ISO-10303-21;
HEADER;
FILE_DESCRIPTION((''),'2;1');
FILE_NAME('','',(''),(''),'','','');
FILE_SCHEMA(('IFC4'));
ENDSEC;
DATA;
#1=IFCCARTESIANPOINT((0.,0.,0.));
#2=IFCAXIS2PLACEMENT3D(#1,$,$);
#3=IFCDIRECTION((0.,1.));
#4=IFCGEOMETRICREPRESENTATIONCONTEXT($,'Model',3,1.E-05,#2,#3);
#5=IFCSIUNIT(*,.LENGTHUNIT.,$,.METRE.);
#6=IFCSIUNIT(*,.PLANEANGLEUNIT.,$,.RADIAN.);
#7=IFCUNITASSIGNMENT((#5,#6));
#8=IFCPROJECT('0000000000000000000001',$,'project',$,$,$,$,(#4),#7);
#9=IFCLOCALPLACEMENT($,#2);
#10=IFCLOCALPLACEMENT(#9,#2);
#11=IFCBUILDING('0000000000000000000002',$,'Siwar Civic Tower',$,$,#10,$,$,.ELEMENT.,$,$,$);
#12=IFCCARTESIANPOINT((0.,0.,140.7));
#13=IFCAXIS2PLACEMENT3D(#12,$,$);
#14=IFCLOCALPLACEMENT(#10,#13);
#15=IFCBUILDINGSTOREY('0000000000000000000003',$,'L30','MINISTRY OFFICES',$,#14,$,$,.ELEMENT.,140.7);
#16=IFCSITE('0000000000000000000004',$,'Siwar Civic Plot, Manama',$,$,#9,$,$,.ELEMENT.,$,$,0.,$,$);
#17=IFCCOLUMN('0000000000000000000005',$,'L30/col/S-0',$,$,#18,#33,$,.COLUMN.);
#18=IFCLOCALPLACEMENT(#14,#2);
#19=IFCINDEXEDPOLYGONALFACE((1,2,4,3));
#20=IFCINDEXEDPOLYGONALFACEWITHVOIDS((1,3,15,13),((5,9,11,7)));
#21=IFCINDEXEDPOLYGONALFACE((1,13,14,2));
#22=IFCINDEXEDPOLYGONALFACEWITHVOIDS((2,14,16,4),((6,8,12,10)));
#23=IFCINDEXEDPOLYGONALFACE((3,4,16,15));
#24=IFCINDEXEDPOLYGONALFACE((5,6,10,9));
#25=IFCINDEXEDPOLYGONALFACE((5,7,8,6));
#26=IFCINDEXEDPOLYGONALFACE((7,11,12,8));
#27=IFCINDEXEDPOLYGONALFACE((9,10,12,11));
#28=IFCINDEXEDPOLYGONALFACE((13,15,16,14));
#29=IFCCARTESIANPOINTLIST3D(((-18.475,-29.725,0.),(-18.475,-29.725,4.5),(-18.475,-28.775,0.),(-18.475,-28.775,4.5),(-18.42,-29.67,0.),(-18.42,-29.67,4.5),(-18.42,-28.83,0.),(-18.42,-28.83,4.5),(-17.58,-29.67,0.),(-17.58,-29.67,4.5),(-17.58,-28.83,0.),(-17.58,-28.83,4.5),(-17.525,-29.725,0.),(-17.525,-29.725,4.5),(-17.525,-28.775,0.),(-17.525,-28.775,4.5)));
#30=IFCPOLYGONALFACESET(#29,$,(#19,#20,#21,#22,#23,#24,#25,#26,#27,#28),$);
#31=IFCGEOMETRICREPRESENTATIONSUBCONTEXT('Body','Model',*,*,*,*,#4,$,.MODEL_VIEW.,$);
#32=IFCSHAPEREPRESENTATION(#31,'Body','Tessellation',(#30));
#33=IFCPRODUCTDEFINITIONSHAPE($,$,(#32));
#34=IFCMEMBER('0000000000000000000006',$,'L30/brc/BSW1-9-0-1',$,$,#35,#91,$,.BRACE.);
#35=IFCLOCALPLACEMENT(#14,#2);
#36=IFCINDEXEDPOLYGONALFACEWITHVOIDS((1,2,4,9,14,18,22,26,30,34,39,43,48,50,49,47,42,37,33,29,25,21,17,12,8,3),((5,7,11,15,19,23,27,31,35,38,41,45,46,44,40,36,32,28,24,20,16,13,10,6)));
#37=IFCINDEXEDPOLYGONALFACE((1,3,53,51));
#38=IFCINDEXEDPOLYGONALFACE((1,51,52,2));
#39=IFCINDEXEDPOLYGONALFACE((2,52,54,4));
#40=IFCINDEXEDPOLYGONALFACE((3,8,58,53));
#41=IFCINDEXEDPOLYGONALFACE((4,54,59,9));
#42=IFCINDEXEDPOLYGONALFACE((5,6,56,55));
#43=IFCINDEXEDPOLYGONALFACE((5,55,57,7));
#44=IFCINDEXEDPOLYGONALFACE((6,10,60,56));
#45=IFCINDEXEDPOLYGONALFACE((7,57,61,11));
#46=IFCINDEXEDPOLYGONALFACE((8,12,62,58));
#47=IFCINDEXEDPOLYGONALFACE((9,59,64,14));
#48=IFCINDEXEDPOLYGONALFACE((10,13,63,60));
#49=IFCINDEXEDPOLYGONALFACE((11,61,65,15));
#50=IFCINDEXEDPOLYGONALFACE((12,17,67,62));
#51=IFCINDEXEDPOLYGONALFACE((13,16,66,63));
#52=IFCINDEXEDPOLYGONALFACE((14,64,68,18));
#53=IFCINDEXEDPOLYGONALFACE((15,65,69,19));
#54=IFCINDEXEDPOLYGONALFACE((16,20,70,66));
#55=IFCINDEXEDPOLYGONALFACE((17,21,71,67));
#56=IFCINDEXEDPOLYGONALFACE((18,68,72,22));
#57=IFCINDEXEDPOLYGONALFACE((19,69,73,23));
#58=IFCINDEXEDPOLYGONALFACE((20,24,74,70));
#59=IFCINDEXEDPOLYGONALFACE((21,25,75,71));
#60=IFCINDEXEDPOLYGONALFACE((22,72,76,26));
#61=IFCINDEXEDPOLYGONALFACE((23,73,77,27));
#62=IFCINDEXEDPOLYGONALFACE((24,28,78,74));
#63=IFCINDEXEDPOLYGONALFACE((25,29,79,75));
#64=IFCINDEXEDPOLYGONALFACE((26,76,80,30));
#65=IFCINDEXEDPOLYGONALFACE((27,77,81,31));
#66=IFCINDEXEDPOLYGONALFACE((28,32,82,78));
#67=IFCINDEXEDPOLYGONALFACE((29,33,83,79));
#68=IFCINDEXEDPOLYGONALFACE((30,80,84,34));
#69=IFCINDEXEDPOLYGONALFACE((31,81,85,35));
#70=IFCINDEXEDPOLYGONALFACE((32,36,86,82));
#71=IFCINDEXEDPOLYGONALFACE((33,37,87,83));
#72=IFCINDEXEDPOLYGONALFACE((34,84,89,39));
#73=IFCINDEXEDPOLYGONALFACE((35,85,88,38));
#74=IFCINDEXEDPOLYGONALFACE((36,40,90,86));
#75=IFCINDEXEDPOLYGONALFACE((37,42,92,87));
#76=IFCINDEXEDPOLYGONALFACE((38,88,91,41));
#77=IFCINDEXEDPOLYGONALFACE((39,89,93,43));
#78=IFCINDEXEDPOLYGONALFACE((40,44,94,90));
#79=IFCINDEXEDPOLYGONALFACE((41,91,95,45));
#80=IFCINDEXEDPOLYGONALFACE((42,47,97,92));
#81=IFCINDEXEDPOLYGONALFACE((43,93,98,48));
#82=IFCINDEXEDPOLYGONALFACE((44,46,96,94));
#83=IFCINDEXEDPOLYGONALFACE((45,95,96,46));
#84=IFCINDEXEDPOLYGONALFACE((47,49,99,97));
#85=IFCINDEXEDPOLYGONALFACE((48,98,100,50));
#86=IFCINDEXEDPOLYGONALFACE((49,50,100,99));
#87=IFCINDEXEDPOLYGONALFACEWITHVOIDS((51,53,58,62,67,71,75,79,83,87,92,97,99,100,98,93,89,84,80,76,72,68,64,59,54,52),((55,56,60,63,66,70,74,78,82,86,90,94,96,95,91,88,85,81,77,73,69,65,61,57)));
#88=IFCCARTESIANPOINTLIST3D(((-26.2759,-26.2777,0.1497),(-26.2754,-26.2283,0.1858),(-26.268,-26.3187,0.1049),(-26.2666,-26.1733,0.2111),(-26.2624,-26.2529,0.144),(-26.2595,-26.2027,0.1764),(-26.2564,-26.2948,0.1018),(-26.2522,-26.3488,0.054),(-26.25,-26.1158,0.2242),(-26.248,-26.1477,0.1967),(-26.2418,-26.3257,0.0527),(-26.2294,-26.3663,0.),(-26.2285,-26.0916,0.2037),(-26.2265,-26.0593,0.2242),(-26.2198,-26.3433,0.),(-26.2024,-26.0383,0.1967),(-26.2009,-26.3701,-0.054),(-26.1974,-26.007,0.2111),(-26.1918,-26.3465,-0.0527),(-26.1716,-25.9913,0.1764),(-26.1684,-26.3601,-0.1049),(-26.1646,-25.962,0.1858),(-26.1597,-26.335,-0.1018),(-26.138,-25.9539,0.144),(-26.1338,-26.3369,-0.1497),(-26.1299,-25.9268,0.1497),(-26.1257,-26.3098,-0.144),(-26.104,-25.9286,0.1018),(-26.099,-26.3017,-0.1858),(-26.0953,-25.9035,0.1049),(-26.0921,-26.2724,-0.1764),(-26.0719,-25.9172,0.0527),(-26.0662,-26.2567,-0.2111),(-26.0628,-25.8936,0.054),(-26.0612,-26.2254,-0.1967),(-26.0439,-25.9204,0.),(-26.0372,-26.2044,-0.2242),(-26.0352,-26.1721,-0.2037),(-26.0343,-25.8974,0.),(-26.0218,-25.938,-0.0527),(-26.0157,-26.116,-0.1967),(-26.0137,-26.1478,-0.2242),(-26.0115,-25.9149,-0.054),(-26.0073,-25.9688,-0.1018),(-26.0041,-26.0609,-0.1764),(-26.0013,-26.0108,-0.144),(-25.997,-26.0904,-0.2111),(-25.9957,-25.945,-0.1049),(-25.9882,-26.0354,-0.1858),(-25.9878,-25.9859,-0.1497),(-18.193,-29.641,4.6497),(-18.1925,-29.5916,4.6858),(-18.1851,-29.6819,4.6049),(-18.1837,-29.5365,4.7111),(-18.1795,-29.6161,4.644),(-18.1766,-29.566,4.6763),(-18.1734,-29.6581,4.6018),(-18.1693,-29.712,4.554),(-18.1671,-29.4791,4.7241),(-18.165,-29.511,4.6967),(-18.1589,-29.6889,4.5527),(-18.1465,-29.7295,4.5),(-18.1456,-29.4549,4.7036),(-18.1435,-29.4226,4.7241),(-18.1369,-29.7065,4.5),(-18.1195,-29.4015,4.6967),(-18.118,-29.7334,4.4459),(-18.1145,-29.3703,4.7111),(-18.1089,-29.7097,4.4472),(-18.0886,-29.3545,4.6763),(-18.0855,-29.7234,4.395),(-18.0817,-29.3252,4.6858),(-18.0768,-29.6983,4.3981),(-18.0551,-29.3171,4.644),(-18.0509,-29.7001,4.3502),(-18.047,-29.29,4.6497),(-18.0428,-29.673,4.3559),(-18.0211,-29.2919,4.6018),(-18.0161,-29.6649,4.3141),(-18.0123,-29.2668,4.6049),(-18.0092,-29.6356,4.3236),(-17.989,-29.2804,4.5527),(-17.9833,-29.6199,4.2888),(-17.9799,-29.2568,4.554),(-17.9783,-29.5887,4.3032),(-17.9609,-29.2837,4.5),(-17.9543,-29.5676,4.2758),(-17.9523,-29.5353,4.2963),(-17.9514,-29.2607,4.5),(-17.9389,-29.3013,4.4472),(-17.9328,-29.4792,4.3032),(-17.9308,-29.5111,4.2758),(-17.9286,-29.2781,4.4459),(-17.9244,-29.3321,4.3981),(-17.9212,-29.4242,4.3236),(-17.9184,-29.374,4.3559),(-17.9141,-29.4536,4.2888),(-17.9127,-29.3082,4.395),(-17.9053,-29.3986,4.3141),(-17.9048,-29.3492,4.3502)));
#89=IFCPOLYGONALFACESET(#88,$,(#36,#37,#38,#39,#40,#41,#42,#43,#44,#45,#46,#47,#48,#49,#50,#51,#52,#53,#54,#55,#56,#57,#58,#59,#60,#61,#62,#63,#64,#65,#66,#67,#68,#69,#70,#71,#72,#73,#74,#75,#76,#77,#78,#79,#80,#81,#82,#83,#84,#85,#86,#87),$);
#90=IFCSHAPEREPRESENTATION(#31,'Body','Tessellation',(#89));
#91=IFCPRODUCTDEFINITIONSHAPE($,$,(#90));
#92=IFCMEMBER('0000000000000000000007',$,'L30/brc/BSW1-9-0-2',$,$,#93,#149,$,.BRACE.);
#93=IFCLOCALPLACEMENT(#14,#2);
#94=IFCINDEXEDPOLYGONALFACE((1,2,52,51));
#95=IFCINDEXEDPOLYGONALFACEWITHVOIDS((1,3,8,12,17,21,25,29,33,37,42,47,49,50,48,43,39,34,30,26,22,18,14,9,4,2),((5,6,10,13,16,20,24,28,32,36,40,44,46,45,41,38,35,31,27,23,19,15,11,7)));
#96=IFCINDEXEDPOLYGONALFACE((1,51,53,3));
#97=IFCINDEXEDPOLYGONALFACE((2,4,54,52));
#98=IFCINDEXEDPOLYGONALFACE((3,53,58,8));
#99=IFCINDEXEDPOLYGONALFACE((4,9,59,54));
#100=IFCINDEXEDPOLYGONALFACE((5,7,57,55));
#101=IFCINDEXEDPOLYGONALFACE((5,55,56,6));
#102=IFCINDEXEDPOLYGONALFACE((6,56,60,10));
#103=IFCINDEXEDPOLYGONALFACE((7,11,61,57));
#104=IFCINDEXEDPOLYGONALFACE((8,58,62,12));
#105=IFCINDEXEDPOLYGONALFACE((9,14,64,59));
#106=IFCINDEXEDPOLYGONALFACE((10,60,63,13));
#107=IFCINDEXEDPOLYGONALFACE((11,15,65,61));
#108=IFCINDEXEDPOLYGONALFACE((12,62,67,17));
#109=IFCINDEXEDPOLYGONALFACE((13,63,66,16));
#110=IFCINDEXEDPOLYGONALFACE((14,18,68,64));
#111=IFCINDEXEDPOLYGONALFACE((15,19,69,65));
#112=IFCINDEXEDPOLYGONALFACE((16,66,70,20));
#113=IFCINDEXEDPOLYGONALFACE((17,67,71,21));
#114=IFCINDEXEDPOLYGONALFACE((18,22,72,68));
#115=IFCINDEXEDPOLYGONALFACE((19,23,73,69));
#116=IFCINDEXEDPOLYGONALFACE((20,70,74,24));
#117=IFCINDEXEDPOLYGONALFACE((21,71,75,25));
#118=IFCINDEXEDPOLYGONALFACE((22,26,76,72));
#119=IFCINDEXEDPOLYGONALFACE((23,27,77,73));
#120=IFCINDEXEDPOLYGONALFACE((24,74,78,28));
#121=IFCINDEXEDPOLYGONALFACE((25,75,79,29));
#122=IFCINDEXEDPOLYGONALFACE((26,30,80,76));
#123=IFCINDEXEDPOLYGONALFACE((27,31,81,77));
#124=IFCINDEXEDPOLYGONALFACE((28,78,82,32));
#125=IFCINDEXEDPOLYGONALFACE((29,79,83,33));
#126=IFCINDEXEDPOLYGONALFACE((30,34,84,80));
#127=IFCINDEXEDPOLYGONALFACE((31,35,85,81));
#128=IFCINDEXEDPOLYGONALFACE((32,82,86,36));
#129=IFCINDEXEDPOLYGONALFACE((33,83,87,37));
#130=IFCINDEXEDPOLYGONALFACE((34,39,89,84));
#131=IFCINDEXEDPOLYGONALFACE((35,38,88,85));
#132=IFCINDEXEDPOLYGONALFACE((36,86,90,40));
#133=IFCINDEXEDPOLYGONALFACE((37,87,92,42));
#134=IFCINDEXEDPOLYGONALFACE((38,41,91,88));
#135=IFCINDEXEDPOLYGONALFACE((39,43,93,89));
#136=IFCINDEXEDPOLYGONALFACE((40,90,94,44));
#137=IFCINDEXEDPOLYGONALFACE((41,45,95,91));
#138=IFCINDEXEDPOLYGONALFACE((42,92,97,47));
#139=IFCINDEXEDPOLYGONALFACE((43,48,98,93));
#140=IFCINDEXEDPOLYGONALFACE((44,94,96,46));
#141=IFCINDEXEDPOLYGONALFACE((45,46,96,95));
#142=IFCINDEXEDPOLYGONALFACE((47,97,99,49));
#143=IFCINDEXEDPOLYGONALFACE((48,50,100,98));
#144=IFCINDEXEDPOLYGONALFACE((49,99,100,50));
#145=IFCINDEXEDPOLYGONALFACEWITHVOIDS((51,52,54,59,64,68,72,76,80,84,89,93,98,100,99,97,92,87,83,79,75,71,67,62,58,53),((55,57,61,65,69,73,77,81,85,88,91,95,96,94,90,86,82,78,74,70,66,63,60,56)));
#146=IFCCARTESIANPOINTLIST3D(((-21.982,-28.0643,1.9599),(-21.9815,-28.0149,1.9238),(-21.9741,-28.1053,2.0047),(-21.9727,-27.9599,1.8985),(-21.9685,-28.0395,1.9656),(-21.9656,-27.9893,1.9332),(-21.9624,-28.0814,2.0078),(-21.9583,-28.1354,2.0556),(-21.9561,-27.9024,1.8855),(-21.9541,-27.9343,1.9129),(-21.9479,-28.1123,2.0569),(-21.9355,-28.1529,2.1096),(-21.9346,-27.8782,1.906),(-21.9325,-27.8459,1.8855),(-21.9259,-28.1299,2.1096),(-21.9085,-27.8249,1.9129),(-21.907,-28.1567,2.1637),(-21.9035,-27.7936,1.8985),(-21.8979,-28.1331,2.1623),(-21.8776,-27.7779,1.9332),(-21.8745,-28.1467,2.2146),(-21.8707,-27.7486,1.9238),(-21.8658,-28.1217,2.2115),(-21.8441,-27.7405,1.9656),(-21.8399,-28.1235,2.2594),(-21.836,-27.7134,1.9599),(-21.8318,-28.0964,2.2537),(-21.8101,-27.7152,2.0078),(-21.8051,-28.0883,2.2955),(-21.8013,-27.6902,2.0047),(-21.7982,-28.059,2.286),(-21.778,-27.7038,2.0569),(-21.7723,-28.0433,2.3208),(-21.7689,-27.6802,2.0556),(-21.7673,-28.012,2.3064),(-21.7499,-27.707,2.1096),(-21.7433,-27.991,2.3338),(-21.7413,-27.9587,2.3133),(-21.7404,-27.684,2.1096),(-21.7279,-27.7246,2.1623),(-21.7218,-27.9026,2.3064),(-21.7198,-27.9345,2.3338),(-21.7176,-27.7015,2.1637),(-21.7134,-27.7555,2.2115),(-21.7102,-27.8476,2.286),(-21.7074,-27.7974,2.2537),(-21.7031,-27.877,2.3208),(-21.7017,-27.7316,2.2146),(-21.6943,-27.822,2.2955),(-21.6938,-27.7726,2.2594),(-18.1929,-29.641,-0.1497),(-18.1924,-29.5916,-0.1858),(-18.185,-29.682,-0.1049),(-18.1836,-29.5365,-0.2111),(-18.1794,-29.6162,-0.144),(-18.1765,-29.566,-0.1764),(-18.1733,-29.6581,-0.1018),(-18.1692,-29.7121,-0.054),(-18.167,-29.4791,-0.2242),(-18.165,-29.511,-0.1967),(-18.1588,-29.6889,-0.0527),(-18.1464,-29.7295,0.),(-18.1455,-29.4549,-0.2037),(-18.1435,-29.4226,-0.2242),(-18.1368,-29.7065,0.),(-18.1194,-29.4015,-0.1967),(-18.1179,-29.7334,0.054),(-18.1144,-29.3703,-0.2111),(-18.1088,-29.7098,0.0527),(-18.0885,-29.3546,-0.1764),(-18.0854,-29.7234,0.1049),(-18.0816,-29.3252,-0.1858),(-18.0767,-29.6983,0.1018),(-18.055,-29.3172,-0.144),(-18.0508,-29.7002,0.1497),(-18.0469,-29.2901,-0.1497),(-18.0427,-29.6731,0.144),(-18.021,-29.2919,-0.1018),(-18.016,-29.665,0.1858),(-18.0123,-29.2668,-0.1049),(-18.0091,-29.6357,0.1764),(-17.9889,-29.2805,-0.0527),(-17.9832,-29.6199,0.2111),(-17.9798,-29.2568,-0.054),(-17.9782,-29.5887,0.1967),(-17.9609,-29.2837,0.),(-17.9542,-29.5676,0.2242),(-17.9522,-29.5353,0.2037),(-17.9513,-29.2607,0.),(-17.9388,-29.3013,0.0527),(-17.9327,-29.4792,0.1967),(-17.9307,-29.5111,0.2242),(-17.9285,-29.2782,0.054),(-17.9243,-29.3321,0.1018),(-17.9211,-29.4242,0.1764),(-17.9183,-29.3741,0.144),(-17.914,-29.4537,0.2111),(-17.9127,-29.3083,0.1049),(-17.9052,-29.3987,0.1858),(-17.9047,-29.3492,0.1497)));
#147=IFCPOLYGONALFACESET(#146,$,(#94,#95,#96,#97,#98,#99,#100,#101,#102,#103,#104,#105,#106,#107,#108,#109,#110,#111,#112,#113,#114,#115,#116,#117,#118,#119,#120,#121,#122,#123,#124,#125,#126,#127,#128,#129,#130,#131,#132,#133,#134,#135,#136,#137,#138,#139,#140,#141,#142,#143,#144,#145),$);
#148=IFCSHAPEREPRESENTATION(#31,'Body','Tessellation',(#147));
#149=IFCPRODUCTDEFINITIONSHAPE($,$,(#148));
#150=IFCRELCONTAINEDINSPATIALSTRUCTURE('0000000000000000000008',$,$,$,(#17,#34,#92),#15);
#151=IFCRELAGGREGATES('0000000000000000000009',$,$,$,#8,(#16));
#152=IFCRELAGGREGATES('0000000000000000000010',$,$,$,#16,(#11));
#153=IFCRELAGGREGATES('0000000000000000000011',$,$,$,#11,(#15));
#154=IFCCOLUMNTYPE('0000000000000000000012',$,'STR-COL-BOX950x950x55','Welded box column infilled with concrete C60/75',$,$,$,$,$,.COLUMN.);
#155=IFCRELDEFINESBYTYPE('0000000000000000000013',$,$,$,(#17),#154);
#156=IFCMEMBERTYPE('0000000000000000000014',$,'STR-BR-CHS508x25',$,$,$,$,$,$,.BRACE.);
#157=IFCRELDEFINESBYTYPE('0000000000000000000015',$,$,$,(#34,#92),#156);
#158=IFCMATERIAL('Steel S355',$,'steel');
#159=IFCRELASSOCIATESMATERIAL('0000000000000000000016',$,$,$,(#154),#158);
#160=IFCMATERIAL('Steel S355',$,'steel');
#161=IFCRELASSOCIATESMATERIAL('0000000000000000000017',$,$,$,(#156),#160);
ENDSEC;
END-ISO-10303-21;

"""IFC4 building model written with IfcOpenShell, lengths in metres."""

from ifc_helpers import new_model, si_unit, direction, frame, origin, origin_2d, place, context, subcontext, project, spatial, hollow_rectangle, hollow_circle, extrude, material, material_profile, profile_set, type_object, element, save


model = new_model("IFC4")

# Units and contexts
model_context = context("Model", 3, precision=1e-05, world=origin(), true_north=direction((0.0, 1.0)))
body_context = subcontext(model_context, "Body", "Model", "MODEL_VIEW")
ifc_project = project(units=[si_unit("LENGTHUNIT", "METRE"), si_unit("PLANEANGLEUNIT", "RADIAN")], contexts=[model_context])

# Site, building, storey
site_placement = place(None, origin())
site = spatial("IfcSite", under=ifc_project, at=site_placement, Name="Siwar Civic Plot, Manama", CompositionType="ELEMENT", RefElevation=0.0)
building_placement = place(site_placement, origin())
building = spatial("IfcBuilding", under=site, at=building_placement, Name="Siwar Civic Tower", CompositionType="ELEMENT")
storey_placement = place(building_placement, frame((0.0, 0.0, 140.7)))
storey = spatial("IfcBuildingStorey", under=building, at=storey_placement, Name="L30", Description="MINISTRY OFFICES", CompositionType="ELEMENT", Elevation=140.7)

# Column
ifc_material_1 = material(Name="Steel S355", Category="steel")
ifc_material_profile_1 = material_profile(ifc_material_1, hollow_rectangle(XDim=0.95, YDim=0.95, WallThickness=0.0549, at=origin_2d()), Name="BOX950x950x55")
ifc_profile_set_1 = profile_set([ifc_material_profile_1], Name="Steel S355")
column_type = type_object("IfcColumnType", Name="STR-COL-BOX950x950x55", Description="Welded box column infilled with concrete C60/75", PredefinedType="COLUMN", material=ifc_profile_set_1)
column_placement = place(storey_placement, frame((-18.0, -29.25, 0.0), z_axis=(0.0, 0.0, 1.0), x_axis=(1.0, 0.0, 0.0)))
element("IfcColumn", 1, at=column_placement, inside=storey, type_object=column_type, Name="L30/col/S-0", PredefinedType="COLUMN", context=body_context, shape_type="SweptSolid", body=[
    extrude(hollow_rectangle(XDim=0.95, YDim=0.95, WallThickness=0.0549, at=origin_2d()), origin(), (0.0, 0.0, 1.0), 4.5),
])

# Members
ifc_material_2 = material(Name="Steel S355", Category="steel")
ifc_material_profile_2 = material_profile(ifc_material_2, hollow_circle(Radius=0.2539, WallThickness=0.0249, at=origin_2d()), Name="CHS508x25")
ifc_profile_set_2 = profile_set([ifc_material_profile_2], Name="Steel S355")
member_type = type_object("IfcMemberType", Name="STR-BR-CHS508x25", PredefinedType="BRACE", material=ifc_profile_set_2)
member_1_placement = place(storey_placement, frame((-26.1318, -26.1318, 0.0), z_axis=(0.821143, -0.341671, 0.457149), x_axis=(0.384164, 0.923265, 0.0)))
element("IfcMember", 2, at=member_1_placement, inside=storey, type_object=member_type, Name="L30/brc/BSW1-9-0-1", PredefinedType="BRACE", context=body_context, shape_type="SweptSolid", body=[
    extrude(hollow_circle(Radius=0.2539, WallThickness=0.0249, at=origin_2d()), origin(), (0.0, 0.0, 1.0), 9.8435),
])
for number, where, z_axis, x_axis, name in (
    (3, (-18.0488, -29.4951, 0.0), (-0.821126, 0.341677, 0.457175), (-0.384176, -0.92326, 0.0), "L30/brc/BSW1-9-0-2"),
):
    element("IfcMember", number, at=place(storey_placement, frame(where, z_axis=z_axis, x_axis=x_axis)), inside=storey, type_object=member_type, Name=name, PredefinedType="BRACE", context=body_context, shape_type="SweptSolid", body=[
        extrude(hollow_circle(Radius=0.2539, WallThickness=0.0249, at=origin_2d()), origin(), (0.0, 0.0, 1.0), 4.6145),
    ])

save(model, "model.ifc")
